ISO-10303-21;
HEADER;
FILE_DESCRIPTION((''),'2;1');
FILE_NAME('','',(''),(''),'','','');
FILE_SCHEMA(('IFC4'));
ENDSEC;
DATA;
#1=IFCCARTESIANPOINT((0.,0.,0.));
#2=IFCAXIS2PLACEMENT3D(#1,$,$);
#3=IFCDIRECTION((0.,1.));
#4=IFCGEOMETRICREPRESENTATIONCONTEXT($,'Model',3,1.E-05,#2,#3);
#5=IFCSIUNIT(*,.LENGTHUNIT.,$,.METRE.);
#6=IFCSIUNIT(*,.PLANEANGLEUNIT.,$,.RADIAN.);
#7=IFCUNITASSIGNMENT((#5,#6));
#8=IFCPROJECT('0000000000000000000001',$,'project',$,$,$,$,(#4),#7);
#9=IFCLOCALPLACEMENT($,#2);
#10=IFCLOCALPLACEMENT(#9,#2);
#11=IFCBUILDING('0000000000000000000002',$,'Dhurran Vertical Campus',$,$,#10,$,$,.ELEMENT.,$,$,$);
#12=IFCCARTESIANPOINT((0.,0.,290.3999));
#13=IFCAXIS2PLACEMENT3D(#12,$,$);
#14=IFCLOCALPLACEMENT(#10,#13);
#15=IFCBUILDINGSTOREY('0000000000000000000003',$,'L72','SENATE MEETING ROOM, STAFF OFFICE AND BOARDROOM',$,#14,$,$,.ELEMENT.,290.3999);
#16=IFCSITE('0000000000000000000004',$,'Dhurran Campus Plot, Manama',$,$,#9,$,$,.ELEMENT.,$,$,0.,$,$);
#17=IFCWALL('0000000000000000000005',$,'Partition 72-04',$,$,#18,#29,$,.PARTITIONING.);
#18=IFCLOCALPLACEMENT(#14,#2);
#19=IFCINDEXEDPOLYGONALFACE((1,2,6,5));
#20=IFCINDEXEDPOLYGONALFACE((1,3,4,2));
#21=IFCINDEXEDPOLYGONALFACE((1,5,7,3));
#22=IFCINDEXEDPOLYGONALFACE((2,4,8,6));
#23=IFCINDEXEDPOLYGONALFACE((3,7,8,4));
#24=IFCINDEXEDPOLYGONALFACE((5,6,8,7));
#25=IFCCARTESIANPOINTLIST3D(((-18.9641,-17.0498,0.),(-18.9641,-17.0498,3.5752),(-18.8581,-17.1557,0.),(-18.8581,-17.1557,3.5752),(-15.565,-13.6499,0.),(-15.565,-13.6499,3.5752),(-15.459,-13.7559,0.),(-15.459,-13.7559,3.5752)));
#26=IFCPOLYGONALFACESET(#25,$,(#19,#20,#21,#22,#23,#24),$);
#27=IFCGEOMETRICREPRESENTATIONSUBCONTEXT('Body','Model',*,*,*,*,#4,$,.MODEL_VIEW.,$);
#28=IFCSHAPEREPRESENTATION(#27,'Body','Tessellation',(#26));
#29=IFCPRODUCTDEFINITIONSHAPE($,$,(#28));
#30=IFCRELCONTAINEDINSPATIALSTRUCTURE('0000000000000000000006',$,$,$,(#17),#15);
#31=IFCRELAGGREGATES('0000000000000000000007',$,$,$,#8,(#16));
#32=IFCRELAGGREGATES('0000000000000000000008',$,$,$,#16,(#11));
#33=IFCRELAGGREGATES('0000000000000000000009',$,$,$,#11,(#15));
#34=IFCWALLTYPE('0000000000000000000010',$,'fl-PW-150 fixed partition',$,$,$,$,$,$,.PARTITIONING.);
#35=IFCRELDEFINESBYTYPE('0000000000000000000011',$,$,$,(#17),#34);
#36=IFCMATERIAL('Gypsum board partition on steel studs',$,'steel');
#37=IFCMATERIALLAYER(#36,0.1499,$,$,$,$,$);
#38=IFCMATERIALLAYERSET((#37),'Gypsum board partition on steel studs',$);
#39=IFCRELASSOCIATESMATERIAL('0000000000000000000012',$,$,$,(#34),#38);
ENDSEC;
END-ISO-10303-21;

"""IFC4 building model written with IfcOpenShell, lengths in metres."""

from ifc_helpers import new_model, si_unit, direction, frame, frame_2d, origin, place, context, subcontext, project, spatial, rectangle, extrude, material, layer, layer_set, type_object, element, save


model = new_model("IFC4")

# Units and contexts
model_context = context("Model", 3, precision=1e-05, world=origin(), true_north=direction((0.0, 1.0)))
body_context = subcontext(model_context, "Body", "Model", "MODEL_VIEW")
ifc_project = project(units=[si_unit("LENGTHUNIT", "METRE"), si_unit("PLANEANGLEUNIT", "RADIAN")], contexts=[model_context])

# Site, building, storey
site_placement = place(None, origin())
site = spatial("IfcSite", under=ifc_project, at=site_placement, Name="Dhurran Campus Plot, Manama", CompositionType="ELEMENT", RefElevation=0.0)
building_placement = place(site_placement, origin())
building = spatial("IfcBuilding", under=site, at=building_placement, Name="Dhurran Vertical Campus", CompositionType="ELEMENT")
storey_placement = place(building_placement, frame((0.0, 0.0, 290.3999)))
storey = spatial("IfcBuildingStorey", under=building, at=storey_placement, Name="L72", Description="SENATE MEETING ROOM, STAFF OFFICE AND BOARDROOM", CompositionType="ELEMENT", Elevation=290.3999)

# Wall
ifc_material_1 = material(Name="Gypsum board partition on steel studs", Category="steel")
ifc_layer_1 = layer(ifc_material_1, 0.1499)
ifc_layer_set_1 = layer_set([ifc_layer_1], Name="Gypsum board partition on steel studs")
wall_type_1 = type_object("IfcWallType", Name="fl-PW-150 fixed partition", PredefinedType="PARTITIONING", material=ifc_layer_set_1)
wall_1_placement = place(storey_placement, frame((-15.512, -13.7029, 0.0), z_axis=(0.0, 0.0, 1.0), x_axis=(-0.707031, -0.707183, 0.0)))
element("IfcWall", 1, at=wall_1_placement, inside=storey, type_object=wall_type_1, Name="Partition 72-04", PredefinedType="PARTITIONING", context=body_context, shape_type="SweptSolid", body=[
    extrude(rectangle(XDim=4.8076, YDim=0.1499, at=frame_2d((2.4038, 0.0))), origin(), (0.0, 0.0, 1.0), 3.5752),
])

save(model, "model.ifc")
